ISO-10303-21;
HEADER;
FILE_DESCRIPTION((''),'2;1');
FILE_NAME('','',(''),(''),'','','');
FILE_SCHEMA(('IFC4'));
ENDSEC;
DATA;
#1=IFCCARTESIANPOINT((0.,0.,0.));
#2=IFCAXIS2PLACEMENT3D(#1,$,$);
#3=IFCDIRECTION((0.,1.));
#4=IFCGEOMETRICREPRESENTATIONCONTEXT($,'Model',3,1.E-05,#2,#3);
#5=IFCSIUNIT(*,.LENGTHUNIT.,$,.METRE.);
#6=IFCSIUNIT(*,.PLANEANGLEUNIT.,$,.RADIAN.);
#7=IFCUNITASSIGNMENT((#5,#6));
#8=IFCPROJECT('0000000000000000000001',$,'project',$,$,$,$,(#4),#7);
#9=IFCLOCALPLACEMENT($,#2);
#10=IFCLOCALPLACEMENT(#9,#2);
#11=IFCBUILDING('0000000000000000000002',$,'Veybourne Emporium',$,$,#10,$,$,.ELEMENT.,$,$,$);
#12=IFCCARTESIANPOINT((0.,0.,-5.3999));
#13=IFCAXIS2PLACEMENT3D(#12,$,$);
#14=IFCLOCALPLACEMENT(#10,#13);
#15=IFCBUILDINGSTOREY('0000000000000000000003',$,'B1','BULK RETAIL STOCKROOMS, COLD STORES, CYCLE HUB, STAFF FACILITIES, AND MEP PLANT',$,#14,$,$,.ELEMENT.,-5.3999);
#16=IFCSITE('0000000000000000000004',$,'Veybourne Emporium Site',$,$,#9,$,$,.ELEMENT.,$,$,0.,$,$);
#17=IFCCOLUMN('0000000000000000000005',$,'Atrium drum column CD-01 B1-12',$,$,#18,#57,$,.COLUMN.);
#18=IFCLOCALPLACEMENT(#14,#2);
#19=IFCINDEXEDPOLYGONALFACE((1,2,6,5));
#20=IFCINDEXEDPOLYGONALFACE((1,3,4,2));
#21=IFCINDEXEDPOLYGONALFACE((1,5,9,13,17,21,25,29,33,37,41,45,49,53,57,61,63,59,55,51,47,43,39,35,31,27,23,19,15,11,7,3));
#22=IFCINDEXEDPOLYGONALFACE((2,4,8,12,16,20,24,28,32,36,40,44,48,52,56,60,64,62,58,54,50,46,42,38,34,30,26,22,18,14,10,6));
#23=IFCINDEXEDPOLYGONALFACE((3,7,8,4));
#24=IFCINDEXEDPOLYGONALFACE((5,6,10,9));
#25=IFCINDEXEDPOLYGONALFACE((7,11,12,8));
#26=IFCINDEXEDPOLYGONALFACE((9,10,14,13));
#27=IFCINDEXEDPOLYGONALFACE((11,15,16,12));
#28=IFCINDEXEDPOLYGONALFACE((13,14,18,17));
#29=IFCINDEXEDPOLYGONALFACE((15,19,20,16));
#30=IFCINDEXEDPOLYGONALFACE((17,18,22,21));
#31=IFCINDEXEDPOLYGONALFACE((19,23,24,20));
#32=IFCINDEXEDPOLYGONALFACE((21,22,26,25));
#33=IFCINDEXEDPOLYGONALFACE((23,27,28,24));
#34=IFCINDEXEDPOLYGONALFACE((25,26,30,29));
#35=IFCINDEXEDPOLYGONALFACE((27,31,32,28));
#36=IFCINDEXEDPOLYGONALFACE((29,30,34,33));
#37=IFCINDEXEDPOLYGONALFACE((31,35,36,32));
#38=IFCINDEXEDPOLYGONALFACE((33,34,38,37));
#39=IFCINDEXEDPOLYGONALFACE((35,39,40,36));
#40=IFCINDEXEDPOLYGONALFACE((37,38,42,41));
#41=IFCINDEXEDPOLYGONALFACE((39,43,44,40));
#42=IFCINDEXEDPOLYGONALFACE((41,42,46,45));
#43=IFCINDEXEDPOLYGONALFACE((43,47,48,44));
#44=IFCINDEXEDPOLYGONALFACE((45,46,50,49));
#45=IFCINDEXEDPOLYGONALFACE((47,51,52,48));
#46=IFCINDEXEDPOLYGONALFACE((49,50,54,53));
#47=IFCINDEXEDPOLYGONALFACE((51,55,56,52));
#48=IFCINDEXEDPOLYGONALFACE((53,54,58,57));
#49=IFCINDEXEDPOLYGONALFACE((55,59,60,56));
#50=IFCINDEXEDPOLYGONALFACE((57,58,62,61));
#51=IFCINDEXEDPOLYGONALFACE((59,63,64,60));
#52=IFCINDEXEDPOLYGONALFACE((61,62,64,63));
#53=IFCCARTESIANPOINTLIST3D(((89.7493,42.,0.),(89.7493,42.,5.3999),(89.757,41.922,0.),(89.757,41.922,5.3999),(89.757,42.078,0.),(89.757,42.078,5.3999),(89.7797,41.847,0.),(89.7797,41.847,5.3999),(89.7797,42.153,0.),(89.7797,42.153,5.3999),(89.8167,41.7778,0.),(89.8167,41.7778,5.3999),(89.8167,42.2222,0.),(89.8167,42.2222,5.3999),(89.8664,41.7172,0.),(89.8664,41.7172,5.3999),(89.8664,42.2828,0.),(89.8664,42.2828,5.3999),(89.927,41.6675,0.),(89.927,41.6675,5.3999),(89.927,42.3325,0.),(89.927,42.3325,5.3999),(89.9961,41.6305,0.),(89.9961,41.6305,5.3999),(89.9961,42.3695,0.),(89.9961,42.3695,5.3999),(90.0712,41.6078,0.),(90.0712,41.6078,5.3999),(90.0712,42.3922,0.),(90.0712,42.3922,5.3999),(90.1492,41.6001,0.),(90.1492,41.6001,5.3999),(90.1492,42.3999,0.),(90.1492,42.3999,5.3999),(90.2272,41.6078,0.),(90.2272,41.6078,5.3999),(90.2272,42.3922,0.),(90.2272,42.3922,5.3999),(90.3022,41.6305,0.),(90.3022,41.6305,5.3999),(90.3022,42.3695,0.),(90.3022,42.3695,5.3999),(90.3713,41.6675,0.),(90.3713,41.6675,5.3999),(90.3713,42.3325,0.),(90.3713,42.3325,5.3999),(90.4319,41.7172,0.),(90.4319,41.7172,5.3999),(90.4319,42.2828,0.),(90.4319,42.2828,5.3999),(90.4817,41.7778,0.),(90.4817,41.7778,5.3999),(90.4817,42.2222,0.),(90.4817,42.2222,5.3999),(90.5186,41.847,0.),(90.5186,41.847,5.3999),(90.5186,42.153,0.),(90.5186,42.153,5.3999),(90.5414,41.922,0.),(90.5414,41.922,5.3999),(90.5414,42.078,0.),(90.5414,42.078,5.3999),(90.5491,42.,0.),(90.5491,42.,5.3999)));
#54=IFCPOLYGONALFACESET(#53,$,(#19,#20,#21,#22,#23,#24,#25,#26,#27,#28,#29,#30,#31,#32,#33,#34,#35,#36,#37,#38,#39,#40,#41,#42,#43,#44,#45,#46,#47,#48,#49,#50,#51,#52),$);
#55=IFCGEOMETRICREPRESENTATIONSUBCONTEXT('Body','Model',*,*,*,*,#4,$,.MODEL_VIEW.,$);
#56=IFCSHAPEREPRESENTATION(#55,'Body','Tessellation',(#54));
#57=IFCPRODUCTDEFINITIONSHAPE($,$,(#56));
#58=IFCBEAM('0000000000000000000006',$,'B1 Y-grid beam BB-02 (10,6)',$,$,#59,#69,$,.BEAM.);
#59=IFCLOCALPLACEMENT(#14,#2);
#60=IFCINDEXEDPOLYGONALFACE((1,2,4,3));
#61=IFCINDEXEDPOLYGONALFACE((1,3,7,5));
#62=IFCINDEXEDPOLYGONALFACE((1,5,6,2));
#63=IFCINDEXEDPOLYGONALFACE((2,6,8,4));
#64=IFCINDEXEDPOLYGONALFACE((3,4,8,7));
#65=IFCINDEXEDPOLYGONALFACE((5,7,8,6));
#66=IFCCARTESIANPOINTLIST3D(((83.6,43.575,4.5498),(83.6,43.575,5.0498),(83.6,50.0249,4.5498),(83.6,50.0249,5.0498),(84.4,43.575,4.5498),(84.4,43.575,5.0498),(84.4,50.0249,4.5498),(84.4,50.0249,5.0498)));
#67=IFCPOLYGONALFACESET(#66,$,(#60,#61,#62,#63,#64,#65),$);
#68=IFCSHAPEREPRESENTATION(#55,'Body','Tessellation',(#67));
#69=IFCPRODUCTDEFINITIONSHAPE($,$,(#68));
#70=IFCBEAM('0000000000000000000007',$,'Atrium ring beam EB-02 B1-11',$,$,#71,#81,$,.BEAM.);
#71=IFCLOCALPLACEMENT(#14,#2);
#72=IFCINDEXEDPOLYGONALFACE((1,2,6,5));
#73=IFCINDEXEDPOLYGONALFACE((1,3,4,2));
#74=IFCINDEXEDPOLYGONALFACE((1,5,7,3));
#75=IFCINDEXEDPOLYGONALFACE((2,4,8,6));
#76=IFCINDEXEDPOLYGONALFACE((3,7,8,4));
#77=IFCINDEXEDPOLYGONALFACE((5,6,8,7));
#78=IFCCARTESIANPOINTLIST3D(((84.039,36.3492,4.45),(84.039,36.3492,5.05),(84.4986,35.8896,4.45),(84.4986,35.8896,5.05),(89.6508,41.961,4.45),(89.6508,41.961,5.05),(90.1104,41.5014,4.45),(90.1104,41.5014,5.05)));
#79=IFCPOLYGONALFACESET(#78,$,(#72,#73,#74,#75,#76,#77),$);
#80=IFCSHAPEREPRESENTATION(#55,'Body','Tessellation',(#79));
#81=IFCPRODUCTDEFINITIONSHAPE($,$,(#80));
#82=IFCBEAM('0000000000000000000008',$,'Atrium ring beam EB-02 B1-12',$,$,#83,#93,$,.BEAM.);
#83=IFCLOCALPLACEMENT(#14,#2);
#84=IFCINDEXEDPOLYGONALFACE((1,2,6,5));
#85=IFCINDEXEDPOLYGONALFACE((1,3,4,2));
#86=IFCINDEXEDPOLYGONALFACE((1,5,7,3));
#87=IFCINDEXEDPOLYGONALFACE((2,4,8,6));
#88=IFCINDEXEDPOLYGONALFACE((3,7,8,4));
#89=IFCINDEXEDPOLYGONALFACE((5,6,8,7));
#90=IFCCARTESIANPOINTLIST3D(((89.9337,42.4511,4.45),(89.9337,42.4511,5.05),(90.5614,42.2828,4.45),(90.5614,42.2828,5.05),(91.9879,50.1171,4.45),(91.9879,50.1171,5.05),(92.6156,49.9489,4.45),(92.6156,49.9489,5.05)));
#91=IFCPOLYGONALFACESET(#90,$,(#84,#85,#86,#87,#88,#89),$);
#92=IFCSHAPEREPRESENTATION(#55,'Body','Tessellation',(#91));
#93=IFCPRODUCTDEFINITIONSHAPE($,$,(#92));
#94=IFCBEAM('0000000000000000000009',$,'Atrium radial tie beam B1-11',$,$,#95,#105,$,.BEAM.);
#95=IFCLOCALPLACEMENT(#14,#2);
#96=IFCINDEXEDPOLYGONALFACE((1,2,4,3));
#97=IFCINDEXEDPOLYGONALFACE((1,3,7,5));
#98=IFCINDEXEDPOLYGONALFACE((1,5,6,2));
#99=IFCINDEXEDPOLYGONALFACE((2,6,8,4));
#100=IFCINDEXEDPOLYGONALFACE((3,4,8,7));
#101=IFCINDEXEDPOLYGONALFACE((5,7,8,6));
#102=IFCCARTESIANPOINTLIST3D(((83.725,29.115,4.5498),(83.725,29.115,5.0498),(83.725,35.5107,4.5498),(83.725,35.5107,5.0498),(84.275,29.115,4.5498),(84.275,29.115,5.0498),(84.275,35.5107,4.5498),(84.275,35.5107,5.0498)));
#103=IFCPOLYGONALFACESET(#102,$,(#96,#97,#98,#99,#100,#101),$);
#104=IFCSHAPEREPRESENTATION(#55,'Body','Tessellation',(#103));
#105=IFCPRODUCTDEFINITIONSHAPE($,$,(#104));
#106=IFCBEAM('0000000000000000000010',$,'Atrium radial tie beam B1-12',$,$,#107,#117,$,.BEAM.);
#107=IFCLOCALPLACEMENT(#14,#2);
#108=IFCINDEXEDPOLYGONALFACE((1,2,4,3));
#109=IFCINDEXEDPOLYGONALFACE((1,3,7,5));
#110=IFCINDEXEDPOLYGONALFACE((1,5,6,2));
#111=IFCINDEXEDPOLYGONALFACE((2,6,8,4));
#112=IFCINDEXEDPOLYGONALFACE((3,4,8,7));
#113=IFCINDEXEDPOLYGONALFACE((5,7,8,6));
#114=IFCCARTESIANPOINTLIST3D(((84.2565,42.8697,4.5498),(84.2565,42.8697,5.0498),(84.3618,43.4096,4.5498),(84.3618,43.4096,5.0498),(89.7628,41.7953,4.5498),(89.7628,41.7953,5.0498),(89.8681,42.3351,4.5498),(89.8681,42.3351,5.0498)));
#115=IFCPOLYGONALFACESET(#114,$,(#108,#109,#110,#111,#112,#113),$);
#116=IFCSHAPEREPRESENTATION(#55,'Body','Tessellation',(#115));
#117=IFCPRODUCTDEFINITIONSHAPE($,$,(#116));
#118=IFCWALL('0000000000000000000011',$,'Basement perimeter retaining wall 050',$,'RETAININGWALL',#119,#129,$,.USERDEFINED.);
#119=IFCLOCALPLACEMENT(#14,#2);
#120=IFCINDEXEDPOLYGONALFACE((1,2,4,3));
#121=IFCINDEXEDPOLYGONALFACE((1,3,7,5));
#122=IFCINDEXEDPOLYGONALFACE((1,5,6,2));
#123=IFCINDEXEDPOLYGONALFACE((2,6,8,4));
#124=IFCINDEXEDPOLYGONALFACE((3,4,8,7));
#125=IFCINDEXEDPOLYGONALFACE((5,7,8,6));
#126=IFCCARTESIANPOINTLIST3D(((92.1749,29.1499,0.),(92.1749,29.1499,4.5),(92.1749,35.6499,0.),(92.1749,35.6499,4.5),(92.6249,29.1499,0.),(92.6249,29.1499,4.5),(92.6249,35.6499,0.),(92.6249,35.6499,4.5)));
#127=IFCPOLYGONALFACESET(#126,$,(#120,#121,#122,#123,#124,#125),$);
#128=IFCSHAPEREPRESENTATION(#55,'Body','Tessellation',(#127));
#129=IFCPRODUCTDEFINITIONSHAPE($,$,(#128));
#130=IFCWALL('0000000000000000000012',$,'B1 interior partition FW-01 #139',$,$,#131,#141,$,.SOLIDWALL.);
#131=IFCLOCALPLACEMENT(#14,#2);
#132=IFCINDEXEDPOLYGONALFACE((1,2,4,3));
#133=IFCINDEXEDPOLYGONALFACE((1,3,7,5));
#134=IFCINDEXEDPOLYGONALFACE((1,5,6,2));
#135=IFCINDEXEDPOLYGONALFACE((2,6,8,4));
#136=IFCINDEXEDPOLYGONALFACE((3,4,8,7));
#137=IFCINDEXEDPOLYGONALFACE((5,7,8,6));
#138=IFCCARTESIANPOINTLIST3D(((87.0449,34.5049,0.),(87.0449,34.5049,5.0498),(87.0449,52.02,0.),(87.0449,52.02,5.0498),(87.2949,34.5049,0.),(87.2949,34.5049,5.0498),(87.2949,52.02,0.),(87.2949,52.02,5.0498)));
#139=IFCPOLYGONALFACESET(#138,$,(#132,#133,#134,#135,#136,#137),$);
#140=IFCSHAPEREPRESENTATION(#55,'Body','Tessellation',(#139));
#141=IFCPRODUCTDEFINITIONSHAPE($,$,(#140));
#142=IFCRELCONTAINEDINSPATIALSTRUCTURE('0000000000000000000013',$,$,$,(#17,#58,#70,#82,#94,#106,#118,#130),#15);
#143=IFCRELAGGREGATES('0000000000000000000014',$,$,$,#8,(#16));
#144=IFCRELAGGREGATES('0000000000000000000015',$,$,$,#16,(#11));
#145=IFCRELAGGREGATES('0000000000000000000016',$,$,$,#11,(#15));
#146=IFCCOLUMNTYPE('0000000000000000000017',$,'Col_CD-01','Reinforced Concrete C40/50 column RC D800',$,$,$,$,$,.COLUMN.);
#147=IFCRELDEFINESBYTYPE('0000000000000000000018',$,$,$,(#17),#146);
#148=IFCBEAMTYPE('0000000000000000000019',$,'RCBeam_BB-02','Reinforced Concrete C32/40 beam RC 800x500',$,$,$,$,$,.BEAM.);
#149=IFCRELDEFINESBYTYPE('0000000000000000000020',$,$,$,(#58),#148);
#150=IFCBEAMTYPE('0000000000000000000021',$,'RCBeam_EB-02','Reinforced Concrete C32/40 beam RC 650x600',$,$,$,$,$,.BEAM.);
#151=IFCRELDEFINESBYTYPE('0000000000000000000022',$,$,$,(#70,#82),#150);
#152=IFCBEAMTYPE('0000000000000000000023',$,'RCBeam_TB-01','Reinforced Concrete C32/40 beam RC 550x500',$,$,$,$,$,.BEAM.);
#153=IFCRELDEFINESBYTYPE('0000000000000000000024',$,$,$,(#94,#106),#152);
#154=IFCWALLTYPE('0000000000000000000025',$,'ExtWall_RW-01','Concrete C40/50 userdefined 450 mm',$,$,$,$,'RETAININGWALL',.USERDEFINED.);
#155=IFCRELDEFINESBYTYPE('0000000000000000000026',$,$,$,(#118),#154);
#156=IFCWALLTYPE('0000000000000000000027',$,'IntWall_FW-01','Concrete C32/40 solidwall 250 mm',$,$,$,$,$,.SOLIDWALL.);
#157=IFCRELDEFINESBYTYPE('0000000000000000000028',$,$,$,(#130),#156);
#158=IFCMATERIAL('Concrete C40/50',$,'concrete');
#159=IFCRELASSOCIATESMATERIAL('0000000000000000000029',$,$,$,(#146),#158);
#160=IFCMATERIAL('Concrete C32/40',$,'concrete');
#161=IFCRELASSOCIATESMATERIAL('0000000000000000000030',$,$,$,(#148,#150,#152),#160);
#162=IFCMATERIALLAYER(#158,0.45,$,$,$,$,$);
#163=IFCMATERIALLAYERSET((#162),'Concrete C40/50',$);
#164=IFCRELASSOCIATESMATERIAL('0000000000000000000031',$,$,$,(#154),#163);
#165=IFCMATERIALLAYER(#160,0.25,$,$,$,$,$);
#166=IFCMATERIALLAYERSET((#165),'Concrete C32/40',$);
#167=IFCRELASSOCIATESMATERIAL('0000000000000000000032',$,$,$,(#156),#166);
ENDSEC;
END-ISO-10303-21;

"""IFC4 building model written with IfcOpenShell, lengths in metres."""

from ifc_helpers import new_model, si_unit, direction, frame, frame_2d, origin, origin_2d, place, context, subcontext, project, spatial, rectangle, circle, extrude, material, layer, layer_set, material_profile, profile_set, type_object, element, save


model = new_model("IFC4")

# Units and contexts
model_context = context("Model", 3, precision=1e-05, world=origin(), true_north=direction((0.0, 1.0)))
body_context = subcontext(model_context, "Body", "Model", "MODEL_VIEW")
ifc_project = project(units=[si_unit("LENGTHUNIT", "METRE"), si_unit("PLANEANGLEUNIT", "RADIAN")], contexts=[model_context])

# Site, building, storey
site_placement = place(None, origin())
site = spatial("IfcSite", under=ifc_project, at=site_placement, Name="Veybourne Emporium Site", CompositionType="ELEMENT", RefElevation=0.0)
building_placement = place(site_placement, origin())
building = spatial("IfcBuilding", under=site, at=building_placement, Name="Veybourne Emporium", CompositionType="ELEMENT")
storey_placement = place(building_placement, frame((0.0, 0.0, -5.3999)))
storey = spatial("IfcBuildingStorey", under=building, at=storey_placement, Name="B1", Description="BULK RETAIL STOCKROOMS, COLD STORES, CYCLE HUB, STAFF FACILITIES, AND MEP PLANT", CompositionType="ELEMENT", Elevation=-5.3999)

# Column
ifc_material_1 = material(Name="Concrete C40/50", Category="concrete")
ifc_material_profile_1 = material_profile(ifc_material_1, circle(Radius=0.3999, at=origin_2d()), Name="RC D800")
ifc_profile_set_1 = profile_set([ifc_material_profile_1], Name="Concrete C40/50")
column_type_1 = type_object("IfcColumnType", Name="Col_CD-01", Description="Reinforced Concrete C40/50 column RC D800", PredefinedType="COLUMN", material=ifc_profile_set_1)
for number, where, z_axis, x_axis, name in (
    (1, (90.1492, 42.0, 0.0), (0.0, 0.0, 1.0), (1.0, 0.0, 0.0), "Atrium drum column CD-01 B1-12"),
):
    element("IfcColumn", number, at=place(storey_placement, frame(where, z_axis=z_axis, x_axis=x_axis)), inside=storey, type_object=column_type_1, Name=name, PredefinedType="COLUMN", context=body_context, shape_type="SweptSolid", body=[
        extrude(circle(Radius=0.3999, at=origin_2d()), origin(), (0.0, 0.0, 1.0), 5.3999),
    ])

# Beams
ifc_material_2 = material(Name="Concrete C32/40", Category="concrete")
ifc_material_profile_2 = material_profile(ifc_material_2, rectangle(XDim=0.8, YDim=0.5, at=origin_2d()), Name="RC 800x500")
ifc_profile_set_2 = profile_set([ifc_material_profile_2], Name="Concrete C32/40")
beam_type_1 = type_object("IfcBeamType", Name="RCBeam_BB-02", Description="Reinforced Concrete C32/40 beam RC 800x500", PredefinedType="BEAM", material=ifc_profile_set_2)
beam_1_placement = place(storey_placement, frame((84.0, 43.575, 4.7998), z_axis=(0.0, 1.0, 0.0), x_axis=(-1.0, 0.0, 0.0)))
element("IfcBeam", 2, at=beam_1_placement, inside=storey, type_object=beam_type_1, Name="B1 Y-grid beam BB-02 (10,6)", PredefinedType="BEAM", context=body_context, shape_type="SweptSolid", body=[
    extrude(rectangle(XDim=0.8, YDim=0.5, at=origin_2d()), origin(), (0.0, 0.0, 1.0), 6.45),
])
ifc_material_profile_3 = material_profile(ifc_material_2, rectangle(XDim=0.6499, YDim=0.6001, at=origin_2d()), Name="RC 650x600")
ifc_profile_set_3 = profile_set([ifc_material_profile_3], Name="Concrete C32/40")
beam_type_2 = type_object("IfcBeamType", Name="RCBeam_EB-02", Description="Reinforced Concrete C32/40 beam RC 650x600", PredefinedType="BEAM", material=ifc_profile_set_3)
beam_2_placement = place(storey_placement, frame((84.2688, 36.1194, 4.75), z_axis=(0.707107, 0.707107, 0.0), x_axis=(-0.707107, 0.707107, 0.0)))
element("IfcBeam", 3, at=beam_2_placement, inside=storey, type_object=beam_type_2, Name="Atrium ring beam EB-02 B1-11", PredefinedType="BEAM", context=body_context, shape_type="SweptSolid", body=[
    extrude(rectangle(XDim=0.6499, YDim=0.6001, at=origin_2d()), origin(), (0.0, 0.0, 1.0), 7.9363),
])
beam_3_placement = place(storey_placement, frame((90.2476, 42.3669, 4.75), z_axis=(0.25883, 0.965923, 0.0), x_axis=(-0.965923, 0.25883, 0.0)))
element("IfcBeam", 4, at=beam_3_placement, inside=storey, type_object=beam_type_2, Name="Atrium ring beam EB-02 B1-12", PredefinedType="BEAM", context=body_context, shape_type="SweptSolid", body=[
    extrude(rectangle(XDim=0.6499, YDim=0.6001, at=origin_2d()), origin(), (0.0, 0.0, 1.0), 7.9365),
])
ifc_material_profile_4 = material_profile(ifc_material_2, rectangle(XDim=0.55, YDim=0.5, at=origin_2d()), Name="RC 550x500")
ifc_profile_set_4 = profile_set([ifc_material_profile_4], Name="Concrete C32/40")
beam_type_3 = type_object("IfcBeamType", Name="RCBeam_TB-01", Description="Reinforced Concrete C32/40 beam RC 550x500", PredefinedType="BEAM", material=ifc_profile_set_4)
beam_4_placement = place(storey_placement, frame((84.0, 35.5107, 4.7998), z_axis=(0.0, -1.0, 0.0), x_axis=(1.0, 0.0, 0.0)))
element("IfcBeam", 5, at=beam_4_placement, inside=storey, type_object=beam_type_3, Name="Atrium radial tie beam B1-11", PredefinedType="BEAM", context=body_context, shape_type="SweptSolid", body=[
    extrude(rectangle(XDim=0.55, YDim=0.5, at=origin_2d()), origin(), (0.0, 0.0, 1.0), 6.3958),
])
beam_5_placement = place(storey_placement, frame((89.8154, 42.0652, 4.7998), z_axis=(-0.981489, 0.19152, 0.0), x_axis=(-0.19152, -0.981489, 0.0)))
element("IfcBeam", 6, at=beam_5_placement, inside=storey, type_object=beam_type_3, Name="Atrium radial tie beam B1-12", PredefinedType="BEAM", context=body_context, shape_type="SweptSolid", body=[
    extrude(rectangle(XDim=0.55, YDim=0.5, at=origin_2d()), origin(), (0.0, 0.0, 1.0), 5.6101),
])

# Walls
ifc_layer_1 = layer(ifc_material_1, 0.45)
ifc_layer_set_1 = layer_set([ifc_layer_1], Name="Concrete C40/50")
wall_type_1 = type_object("IfcWallType", Name="ExtWall_RW-01", Description="Concrete C40/50 userdefined 450 mm", ElementType="RETAININGWALL", PredefinedType="USERDEFINED", material=ifc_layer_set_1)
wall_1_placement = place(storey_placement, frame((92.3999, 35.6499, 0.0), z_axis=(0.0, 0.0, 1.0), x_axis=(0.0, -1.0, 0.0)))
element("IfcWall", 7, at=wall_1_placement, inside=storey, type_object=wall_type_1, Name="Basement perimeter retaining wall 050", ObjectType="RETAININGWALL", PredefinedType="USERDEFINED", context=body_context, shape_type="SweptSolid", body=[
    extrude(rectangle(XDim=6.5, YDim=0.45, at=frame_2d((3.25, 0.0))), origin(), (0.0, 0.0, 1.0), 4.5),
])
ifc_layer_2 = layer(ifc_material_2, 0.25)
ifc_layer_set_2 = layer_set([ifc_layer_2], Name="Concrete C32/40")
wall_type_2 = type_object("IfcWallType", Name="IntWall_FW-01", Description="Concrete C32/40 solidwall 250 mm", PredefinedType="SOLIDWALL", material=ifc_layer_set_2)
wall_2_placement = place(storey_placement, frame((87.1699, 34.5049, 0.0), z_axis=(0.0, 0.0, 1.0), x_axis=(0.0, 1.0, 0.0)))
element("IfcWall", 8, at=wall_2_placement, inside=storey, type_object=wall_type_2, Name="B1 interior partition FW-01 #139", PredefinedType="SOLIDWALL", context=body_context, shape_type="SweptSolid", body=[
    extrude(rectangle(XDim=17.5151, YDim=0.25, at=frame_2d((8.7576, 0.0))), origin(), (0.0, 0.0, 1.0), 5.0498),
])

save(model, "model.ifc")
